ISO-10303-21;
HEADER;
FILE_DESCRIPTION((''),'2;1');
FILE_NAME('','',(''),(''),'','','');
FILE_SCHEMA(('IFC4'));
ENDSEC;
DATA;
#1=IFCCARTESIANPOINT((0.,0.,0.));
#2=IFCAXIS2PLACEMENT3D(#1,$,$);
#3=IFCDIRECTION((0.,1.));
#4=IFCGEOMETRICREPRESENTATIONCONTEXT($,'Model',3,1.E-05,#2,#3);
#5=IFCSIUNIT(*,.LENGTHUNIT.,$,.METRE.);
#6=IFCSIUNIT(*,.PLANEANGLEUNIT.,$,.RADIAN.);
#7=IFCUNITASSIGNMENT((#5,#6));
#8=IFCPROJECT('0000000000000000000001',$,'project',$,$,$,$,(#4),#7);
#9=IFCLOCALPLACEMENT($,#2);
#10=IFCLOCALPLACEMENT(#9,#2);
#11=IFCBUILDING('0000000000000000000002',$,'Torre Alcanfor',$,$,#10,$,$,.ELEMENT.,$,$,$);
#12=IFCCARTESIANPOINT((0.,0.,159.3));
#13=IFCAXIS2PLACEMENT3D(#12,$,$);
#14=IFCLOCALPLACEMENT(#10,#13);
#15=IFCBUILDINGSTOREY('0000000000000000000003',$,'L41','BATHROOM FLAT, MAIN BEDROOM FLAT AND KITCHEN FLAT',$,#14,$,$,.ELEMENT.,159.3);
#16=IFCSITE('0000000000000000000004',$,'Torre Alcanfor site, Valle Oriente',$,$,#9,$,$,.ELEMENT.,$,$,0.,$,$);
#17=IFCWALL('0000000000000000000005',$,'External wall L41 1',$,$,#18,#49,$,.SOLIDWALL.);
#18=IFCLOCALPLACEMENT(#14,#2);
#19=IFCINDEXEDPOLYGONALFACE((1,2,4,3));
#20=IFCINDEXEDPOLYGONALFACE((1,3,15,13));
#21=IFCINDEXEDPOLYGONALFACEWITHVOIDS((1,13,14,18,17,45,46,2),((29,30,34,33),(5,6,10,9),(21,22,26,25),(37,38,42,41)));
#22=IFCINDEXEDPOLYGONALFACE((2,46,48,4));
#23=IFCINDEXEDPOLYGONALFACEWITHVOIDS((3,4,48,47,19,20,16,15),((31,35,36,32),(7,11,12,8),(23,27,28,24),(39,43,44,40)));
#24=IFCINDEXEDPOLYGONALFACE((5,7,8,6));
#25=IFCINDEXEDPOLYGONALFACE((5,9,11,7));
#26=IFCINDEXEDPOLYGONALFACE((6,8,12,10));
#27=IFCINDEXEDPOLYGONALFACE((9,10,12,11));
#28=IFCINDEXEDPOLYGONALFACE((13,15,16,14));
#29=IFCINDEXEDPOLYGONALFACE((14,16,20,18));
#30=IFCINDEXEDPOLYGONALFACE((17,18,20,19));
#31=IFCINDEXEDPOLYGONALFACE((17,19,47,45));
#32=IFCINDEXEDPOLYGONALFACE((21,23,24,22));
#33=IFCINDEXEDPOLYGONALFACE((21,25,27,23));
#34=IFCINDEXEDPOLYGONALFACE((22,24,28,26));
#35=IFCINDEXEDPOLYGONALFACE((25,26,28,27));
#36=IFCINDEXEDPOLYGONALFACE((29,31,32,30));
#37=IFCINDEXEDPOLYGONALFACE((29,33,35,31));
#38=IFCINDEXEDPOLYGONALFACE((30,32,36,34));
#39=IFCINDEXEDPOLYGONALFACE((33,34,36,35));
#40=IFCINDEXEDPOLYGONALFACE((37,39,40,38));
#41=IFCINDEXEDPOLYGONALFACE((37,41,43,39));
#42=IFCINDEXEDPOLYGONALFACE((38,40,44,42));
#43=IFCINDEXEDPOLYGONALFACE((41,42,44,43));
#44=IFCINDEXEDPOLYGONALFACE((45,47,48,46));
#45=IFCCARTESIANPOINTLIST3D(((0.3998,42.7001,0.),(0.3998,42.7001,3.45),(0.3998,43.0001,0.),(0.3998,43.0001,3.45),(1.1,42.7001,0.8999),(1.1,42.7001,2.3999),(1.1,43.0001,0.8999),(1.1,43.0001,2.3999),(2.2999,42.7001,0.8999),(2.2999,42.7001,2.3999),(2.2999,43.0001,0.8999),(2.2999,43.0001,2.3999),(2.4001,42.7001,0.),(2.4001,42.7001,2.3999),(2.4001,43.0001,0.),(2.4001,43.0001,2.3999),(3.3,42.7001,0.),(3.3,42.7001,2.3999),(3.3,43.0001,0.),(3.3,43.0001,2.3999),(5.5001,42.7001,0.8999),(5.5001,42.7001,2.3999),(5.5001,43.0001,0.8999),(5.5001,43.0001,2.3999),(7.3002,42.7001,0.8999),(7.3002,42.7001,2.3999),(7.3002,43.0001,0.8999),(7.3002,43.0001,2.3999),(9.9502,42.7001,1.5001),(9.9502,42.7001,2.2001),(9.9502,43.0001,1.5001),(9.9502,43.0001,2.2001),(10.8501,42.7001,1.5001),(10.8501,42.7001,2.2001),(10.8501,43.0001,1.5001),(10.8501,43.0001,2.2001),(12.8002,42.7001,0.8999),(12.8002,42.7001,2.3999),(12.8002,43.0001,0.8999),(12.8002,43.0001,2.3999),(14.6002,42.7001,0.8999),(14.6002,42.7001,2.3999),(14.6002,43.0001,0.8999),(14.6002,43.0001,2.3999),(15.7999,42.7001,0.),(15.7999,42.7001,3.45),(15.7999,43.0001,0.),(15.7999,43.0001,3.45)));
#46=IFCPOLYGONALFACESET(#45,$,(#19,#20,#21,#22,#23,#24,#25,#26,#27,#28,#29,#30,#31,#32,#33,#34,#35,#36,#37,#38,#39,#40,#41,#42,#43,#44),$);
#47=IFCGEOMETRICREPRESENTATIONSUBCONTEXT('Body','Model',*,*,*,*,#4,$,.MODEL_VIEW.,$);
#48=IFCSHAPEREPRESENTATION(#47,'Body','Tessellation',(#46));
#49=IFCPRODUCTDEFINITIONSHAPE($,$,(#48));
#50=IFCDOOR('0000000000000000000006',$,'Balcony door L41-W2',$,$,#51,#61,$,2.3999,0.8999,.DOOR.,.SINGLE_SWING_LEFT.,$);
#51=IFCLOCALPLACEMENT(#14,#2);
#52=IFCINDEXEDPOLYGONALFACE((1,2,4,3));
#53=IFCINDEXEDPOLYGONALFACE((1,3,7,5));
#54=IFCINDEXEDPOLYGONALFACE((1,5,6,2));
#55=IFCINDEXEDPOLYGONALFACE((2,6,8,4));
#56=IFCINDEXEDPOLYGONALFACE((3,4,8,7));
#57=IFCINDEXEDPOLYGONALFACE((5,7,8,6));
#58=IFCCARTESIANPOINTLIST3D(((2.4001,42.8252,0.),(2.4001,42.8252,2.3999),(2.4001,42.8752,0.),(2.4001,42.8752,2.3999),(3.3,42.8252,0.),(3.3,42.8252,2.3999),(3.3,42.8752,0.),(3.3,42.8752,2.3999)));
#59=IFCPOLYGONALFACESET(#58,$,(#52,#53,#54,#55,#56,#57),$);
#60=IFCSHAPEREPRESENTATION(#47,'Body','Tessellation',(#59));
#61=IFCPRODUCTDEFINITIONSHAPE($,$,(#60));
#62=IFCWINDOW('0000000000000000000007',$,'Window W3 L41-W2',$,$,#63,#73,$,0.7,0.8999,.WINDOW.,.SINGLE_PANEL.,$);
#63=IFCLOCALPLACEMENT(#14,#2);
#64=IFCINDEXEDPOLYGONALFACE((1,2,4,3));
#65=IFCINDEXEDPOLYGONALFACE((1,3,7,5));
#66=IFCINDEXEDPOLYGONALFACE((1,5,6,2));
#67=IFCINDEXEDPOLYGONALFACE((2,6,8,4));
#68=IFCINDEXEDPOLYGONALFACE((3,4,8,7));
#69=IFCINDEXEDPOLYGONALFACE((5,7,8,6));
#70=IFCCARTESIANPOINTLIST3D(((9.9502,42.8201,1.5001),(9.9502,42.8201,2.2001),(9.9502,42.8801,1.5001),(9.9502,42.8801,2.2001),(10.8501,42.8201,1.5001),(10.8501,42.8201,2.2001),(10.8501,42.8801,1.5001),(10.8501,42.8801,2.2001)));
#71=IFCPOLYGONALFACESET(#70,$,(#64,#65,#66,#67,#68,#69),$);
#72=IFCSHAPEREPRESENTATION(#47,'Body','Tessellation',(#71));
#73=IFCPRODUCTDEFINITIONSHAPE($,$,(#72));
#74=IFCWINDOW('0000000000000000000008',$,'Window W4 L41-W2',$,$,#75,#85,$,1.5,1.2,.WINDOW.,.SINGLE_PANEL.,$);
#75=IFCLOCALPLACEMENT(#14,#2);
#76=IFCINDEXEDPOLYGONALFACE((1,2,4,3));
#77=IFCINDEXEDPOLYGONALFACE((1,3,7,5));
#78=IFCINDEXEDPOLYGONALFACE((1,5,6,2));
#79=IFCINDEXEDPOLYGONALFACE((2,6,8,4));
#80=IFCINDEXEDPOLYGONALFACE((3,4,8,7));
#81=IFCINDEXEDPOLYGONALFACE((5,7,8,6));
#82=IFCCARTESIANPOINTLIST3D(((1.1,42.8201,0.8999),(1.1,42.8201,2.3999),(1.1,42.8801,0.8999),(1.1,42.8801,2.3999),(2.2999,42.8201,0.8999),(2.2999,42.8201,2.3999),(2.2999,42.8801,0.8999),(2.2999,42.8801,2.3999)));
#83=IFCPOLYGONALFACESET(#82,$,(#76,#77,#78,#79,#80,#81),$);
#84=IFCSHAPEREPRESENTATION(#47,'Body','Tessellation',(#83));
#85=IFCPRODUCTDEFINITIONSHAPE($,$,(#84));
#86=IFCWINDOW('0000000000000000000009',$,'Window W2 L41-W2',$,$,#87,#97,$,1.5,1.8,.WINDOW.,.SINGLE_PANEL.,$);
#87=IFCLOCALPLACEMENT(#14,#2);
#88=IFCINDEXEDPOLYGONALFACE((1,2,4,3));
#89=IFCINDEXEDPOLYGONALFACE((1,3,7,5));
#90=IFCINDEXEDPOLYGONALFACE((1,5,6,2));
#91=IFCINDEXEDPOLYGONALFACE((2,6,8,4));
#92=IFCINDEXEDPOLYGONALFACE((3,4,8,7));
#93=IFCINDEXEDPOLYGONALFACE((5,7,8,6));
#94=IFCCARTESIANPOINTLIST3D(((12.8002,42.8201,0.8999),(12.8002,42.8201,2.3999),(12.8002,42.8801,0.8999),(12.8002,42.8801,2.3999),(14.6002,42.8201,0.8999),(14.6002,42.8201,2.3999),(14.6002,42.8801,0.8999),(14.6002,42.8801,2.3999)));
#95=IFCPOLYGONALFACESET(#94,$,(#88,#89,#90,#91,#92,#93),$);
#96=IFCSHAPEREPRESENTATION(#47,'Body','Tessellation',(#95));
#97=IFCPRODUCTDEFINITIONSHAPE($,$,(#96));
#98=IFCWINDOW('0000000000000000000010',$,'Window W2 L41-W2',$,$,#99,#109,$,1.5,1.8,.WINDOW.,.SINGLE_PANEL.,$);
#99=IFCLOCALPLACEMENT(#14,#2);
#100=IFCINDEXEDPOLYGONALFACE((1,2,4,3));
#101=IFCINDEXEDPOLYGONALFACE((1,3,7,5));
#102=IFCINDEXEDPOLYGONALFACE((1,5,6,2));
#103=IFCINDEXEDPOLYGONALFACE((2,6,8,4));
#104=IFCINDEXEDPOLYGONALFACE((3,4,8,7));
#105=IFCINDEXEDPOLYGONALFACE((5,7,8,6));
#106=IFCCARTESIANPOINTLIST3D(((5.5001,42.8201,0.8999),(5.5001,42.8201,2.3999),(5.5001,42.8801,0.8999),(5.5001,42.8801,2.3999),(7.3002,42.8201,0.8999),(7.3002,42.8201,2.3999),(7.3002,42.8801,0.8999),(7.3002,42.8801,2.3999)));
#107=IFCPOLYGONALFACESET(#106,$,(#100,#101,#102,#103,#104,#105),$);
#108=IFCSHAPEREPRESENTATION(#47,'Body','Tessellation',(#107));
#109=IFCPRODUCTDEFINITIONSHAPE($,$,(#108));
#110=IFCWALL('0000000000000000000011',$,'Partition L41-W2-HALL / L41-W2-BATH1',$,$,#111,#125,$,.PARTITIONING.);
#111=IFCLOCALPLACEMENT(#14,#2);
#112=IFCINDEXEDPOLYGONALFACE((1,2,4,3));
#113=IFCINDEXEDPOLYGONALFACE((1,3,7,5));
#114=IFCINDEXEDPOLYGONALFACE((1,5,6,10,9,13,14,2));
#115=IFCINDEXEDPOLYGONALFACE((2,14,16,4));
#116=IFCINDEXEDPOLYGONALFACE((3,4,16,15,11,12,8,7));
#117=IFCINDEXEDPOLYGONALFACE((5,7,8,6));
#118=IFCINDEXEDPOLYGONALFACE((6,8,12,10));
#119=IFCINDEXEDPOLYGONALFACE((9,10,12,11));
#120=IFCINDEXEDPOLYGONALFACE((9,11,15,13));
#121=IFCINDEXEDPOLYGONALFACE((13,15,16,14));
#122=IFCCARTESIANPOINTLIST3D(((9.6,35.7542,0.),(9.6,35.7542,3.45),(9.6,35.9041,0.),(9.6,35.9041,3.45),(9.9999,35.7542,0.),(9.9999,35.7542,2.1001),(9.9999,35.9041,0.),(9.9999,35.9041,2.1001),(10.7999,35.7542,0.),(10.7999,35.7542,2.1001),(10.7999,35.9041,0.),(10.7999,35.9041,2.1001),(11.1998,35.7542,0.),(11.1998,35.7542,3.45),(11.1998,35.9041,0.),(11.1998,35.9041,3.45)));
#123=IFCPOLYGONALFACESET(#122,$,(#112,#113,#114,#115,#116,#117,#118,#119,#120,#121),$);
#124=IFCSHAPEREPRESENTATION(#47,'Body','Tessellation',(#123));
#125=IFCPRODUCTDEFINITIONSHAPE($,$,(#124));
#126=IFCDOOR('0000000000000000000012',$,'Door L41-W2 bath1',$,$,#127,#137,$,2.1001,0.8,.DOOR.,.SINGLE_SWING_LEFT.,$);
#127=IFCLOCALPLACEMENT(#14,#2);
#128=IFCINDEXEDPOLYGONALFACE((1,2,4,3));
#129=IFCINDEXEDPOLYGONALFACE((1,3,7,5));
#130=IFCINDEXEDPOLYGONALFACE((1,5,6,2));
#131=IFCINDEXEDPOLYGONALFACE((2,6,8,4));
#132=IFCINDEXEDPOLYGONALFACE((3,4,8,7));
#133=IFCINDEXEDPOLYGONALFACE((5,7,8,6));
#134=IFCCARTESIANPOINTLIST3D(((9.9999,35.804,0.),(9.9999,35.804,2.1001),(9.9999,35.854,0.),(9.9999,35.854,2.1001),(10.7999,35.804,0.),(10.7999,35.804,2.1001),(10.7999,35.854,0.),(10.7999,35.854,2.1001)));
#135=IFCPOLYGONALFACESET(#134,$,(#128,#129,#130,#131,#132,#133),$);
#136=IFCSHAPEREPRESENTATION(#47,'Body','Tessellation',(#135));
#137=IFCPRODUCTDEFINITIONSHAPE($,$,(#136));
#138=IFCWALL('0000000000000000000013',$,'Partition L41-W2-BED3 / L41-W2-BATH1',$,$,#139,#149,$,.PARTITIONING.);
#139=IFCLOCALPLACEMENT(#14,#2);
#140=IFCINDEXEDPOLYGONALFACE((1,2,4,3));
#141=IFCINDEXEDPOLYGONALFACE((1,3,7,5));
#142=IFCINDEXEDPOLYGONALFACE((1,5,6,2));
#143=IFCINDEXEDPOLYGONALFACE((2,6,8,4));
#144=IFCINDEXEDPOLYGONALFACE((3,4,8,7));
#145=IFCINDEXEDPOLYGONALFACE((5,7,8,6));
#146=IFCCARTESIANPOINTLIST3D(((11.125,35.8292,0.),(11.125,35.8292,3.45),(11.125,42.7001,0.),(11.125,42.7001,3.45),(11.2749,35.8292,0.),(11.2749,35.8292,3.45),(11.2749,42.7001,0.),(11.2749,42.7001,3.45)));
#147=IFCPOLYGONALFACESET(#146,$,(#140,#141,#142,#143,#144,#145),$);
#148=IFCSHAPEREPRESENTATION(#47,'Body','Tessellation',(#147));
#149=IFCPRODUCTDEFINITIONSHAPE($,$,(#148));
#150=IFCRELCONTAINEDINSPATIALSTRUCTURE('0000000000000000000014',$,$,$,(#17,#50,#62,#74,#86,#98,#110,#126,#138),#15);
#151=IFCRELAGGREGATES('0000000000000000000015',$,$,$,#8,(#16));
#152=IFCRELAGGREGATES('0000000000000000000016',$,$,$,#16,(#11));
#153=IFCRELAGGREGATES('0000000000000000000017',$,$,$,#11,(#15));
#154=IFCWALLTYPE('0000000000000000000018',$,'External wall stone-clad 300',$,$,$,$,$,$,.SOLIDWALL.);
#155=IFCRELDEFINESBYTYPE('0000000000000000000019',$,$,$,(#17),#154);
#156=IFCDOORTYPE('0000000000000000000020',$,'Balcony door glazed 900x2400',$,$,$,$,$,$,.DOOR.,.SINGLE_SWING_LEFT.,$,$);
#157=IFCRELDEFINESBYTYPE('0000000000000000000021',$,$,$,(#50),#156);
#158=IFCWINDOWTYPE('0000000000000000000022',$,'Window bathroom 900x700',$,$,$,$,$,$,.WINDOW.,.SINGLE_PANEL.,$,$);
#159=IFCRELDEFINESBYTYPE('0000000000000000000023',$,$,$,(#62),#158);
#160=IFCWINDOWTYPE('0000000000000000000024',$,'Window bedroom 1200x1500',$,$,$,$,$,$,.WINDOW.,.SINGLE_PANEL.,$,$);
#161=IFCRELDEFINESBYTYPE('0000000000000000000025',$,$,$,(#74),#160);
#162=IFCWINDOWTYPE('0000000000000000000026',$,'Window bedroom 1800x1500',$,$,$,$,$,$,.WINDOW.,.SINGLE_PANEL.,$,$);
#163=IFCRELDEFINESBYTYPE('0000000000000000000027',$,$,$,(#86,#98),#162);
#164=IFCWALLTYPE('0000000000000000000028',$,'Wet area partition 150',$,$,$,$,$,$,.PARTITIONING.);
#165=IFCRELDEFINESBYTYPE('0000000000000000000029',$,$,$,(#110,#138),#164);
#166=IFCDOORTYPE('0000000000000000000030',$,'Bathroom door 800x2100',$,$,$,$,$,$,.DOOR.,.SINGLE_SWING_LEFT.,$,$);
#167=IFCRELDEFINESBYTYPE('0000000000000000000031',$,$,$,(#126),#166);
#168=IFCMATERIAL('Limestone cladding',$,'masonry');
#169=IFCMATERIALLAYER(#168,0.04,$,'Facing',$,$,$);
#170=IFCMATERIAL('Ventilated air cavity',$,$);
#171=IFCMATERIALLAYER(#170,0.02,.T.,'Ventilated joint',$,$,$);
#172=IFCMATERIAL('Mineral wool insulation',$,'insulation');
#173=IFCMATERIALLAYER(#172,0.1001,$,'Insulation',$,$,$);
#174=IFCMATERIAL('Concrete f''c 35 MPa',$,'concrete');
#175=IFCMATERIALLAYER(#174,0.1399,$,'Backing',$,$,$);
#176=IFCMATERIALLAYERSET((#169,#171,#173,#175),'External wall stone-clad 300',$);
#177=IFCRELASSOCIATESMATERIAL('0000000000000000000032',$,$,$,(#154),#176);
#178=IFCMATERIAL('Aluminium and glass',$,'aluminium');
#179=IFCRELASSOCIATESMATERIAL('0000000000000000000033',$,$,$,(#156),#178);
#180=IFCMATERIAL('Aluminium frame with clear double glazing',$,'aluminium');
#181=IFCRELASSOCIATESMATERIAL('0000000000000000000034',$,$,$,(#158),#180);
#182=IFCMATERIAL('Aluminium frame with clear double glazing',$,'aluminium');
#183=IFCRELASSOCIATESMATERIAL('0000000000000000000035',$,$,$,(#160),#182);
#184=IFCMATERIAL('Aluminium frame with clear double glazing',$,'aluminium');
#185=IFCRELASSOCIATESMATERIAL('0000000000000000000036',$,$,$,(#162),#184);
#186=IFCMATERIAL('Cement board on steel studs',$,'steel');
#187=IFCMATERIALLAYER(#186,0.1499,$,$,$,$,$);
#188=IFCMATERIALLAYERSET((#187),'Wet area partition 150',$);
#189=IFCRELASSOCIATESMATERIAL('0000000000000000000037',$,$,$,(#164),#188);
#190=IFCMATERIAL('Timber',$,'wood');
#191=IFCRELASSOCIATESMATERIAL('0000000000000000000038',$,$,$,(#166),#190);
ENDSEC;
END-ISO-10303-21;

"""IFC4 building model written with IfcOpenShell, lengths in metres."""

from ifc_helpers import new_model, si_unit, direction, frame, frame_2d, origin, place, context, subcontext, project, spatial, rectangle, extrude, material, layer, layer_set, type_object, element, fill, save


model = new_model("IFC4")

# Units and contexts
model_context = context("Model", 3, precision=1e-05, world=origin(), true_north=direction((0.0, 1.0)))
body_context = subcontext(model_context, "Body", "Model", "MODEL_VIEW")
ifc_project = project(units=[si_unit("LENGTHUNIT", "METRE"), si_unit("PLANEANGLEUNIT", "RADIAN")], contexts=[model_context])

# Site, building, storey
site_placement = place(None, origin())
site = spatial("IfcSite", under=ifc_project, at=site_placement, Name="Torre Alcanfor site, Valle Oriente", CompositionType="ELEMENT", RefElevation=0.0)
building_placement = place(site_placement, origin())
building = spatial("IfcBuilding", under=site, at=building_placement, Name="Torre Alcanfor", CompositionType="ELEMENT")
storey_placement = place(building_placement, frame((0.0, 0.0, 159.3)))
storey = spatial("IfcBuildingStorey", under=building, at=storey_placement, Name="L41", Description="BATHROOM FLAT, MAIN BEDROOM FLAT AND KITCHEN FLAT", CompositionType="ELEMENT", Elevation=159.3)

# Wall, openings, door, windows
ifc_material_1 = material(Name="Limestone cladding", Category="masonry")
ifc_layer_1 = layer(ifc_material_1, 0.04, Name="Facing")
ifc_material_2 = material(Name="Ventilated air cavity")
ifc_layer_2 = layer(ifc_material_2, 0.02, ventilated=True, Name="Ventilated joint")
ifc_material_3 = material(Name="Mineral wool insulation", Category="insulation")
ifc_layer_3 = layer(ifc_material_3, 0.1001, Name="Insulation")
ifc_material_4 = material(Name="Concrete f'c 35 MPa", Category="concrete")
ifc_layer_4 = layer(ifc_material_4, 0.1399, Name="Backing")
ifc_layer_set_1 = layer_set([ifc_layer_1, ifc_layer_2, ifc_layer_3, ifc_layer_4], Name="External wall stone-clad 300")
wall_type_1 = type_object("IfcWallType", Name="External wall stone-clad 300", PredefinedType="SOLIDWALL", material=ifc_layer_set_1)
wall_1_placement = place(storey_placement, frame((15.8, 42.8501, 0.0), z_axis=(0.0, 0.0, 1.0), x_axis=(-1.0, 0.0, 0.0)))
wall_1 = element("IfcWall", 1, at=wall_1_placement, inside=storey, type_object=wall_type_1, Name="External wall L41 1", PredefinedType="SOLIDWALL", context=body_context, shape_type="SweptSolid", body=[
    extrude(rectangle(XDim=15.4001, YDim=0.3, at=frame_2d((7.7002, 0.0))), origin(), (0.0, 0.0, 1.0), 3.45),
])
opening_1_placement = place(wall_1_placement, frame((1.2, 0.0, 0.8999)))
opening_1 = element("IfcOpeningElement", 2, at=opening_1_placement, cuts=wall_1, PredefinedType="OPENING", context=body_context, shape_type="SweptSolid", body=[
    extrude(rectangle(XDim=1.8, YDim=1.5, at=frame_2d((0.8999, 0.75))), frame((0.0, 0.1599, 0.0), z_axis=(0.0, -1.0, 0.0), x_axis=(1.0, 0.0, 0.0)), (0.0, 0.0, 1.0), 0.3201),
])
opening_2_placement = place(wall_1_placement, frame((4.95, 0.0, 1.5)))
opening_2 = element("IfcOpeningElement", 3, at=opening_2_placement, cuts=wall_1, PredefinedType="OPENING", context=body_context, shape_type="SweptSolid", body=[
    extrude(rectangle(XDim=0.8999, YDim=0.7, at=frame_2d((0.45, 0.3501))), frame((0.0, 0.1599, 0.0), z_axis=(0.0, -1.0, 0.0), x_axis=(1.0, 0.0, 0.0)), (0.0, 0.0, 1.0), 0.3201),
])
opening_3_placement = place(wall_1_placement, frame((8.5, 0.0, 0.8999)))
opening_3 = element("IfcOpeningElement", 4, at=opening_3_placement, cuts=wall_1, PredefinedType="OPENING", context=body_context, shape_type="SweptSolid", body=[
    extrude(rectangle(XDim=1.8, YDim=1.5, at=frame_2d((0.8999, 0.75))), frame((0.0, 0.1599, 0.0), z_axis=(0.0, -1.0, 0.0), x_axis=(1.0, 0.0, 0.0)), (0.0, 0.0, 1.0), 0.3201),
])
opening_4_placement = place(wall_1_placement, frame((12.5, 0.0, 0.0)))
opening_4 = element("IfcOpeningElement", 5, at=opening_4_placement, cuts=wall_1, PredefinedType="OPENING", context=body_context, shape_type="SweptSolid", body=[
    extrude(rectangle(XDim=0.8999, YDim=2.3999, at=frame_2d((0.45, 1.2))), frame((0.0, 0.1599, 0.0), z_axis=(0.0, -1.0, 0.0), x_axis=(1.0, 0.0, 0.0)), (0.0, 0.0, 1.0), 0.3201),
])
opening_5_placement = place(wall_1_placement, frame((13.5, 0.0, 0.8999)))
opening_5 = element("IfcOpeningElement", 6, at=opening_5_placement, cuts=wall_1, PredefinedType="OPENING", context=body_context, shape_type="SweptSolid", body=[
    extrude(rectangle(XDim=1.2, YDim=1.5, at=frame_2d((0.6001, 0.75))), frame((0.0, 0.1599, 0.0), z_axis=(0.0, -1.0, 0.0), x_axis=(1.0, 0.0, 0.0)), (0.0, 0.0, 1.0), 0.3201),
])
ifc_material_5 = material(Name="Aluminium and glass", Category="aluminium")
door_type_1 = type_object("IfcDoorType", Name="Balcony door glazed 900x2400", OperationType="SINGLE_SWING_LEFT", PredefinedType="DOOR", material=ifc_material_5)
door_1_placement = place(opening_4_placement, origin())
door_1 = element("IfcDoor", 7, at=door_1_placement, inside=storey, type_object=door_type_1, Name="Balcony door L41-W2", OperationType="SINGLE_SWING_LEFT", OverallHeight=2.3999, OverallWidth=0.8999, PredefinedType="DOOR", context=body_context, shape_type="SweptSolid", body=[
    extrude(rectangle(XDim=0.8999, YDim=2.3999, at=frame_2d((0.45, 1.2))), frame((0.0, 0.0249, 0.0), z_axis=(0.0, -1.0, 0.0), x_axis=(1.0, 0.0, 0.0)), (0.0, 0.0, 1.0), 0.05),
])
fill(opening_4, door_1)
ifc_material_6 = material(Name="Aluminium frame with clear double glazing", Category="aluminium")
window_type_1 = type_object("IfcWindowType", Name="Window bathroom 900x700", PartitioningType="SINGLE_PANEL", PredefinedType="WINDOW", material=ifc_material_6)
window_1_placement = place(opening_2_placement, origin())
window_1 = element("IfcWindow", 8, at=window_1_placement, inside=storey, type_object=window_type_1, Name="Window W3 L41-W2", OverallHeight=0.7, OverallWidth=0.8999, PartitioningType="SINGLE_PANEL", PredefinedType="WINDOW", context=body_context, shape_type="SweptSolid", body=[
    extrude(rectangle(XDim=0.8999, YDim=0.7, at=frame_2d((0.45, 0.3501))), frame((0.0, 0.03, 0.0), z_axis=(0.0, -1.0, 0.0), x_axis=(1.0, 0.0, 0.0)), (0.0, 0.0, 1.0), 0.0601),
])
fill(opening_2, window_1)
ifc_material_7 = material(Name="Aluminium frame with clear double glazing", Category="aluminium")
window_type_2 = type_object("IfcWindowType", Name="Window bedroom 1200x1500", PartitioningType="SINGLE_PANEL", PredefinedType="WINDOW", material=ifc_material_7)
window_2_placement = place(opening_5_placement, origin())
window_2 = element("IfcWindow", 9, at=window_2_placement, inside=storey, type_object=window_type_2, Name="Window W4 L41-W2", OverallHeight=1.5, OverallWidth=1.2, PartitioningType="SINGLE_PANEL", PredefinedType="WINDOW", context=body_context, shape_type="SweptSolid", body=[
    extrude(rectangle(XDim=1.2, YDim=1.5, at=frame_2d((0.6001, 0.75))), frame((0.0, 0.03, 0.0), z_axis=(0.0, -1.0, 0.0), x_axis=(1.0, 0.0, 0.0)), (0.0, 0.0, 1.0), 0.0601),
])
fill(opening_5, window_2)
ifc_material_8 = material(Name="Aluminium frame with clear double glazing", Category="aluminium")
window_type_3 = type_object("IfcWindowType", Name="Window bedroom 1800x1500", PartitioningType="SINGLE_PANEL", PredefinedType="WINDOW", material=ifc_material_8)
window_3_placement = place(opening_1_placement, origin())
window_3 = element("IfcWindow", 10, at=window_3_placement, inside=storey, type_object=window_type_3, Name="Window W2 L41-W2", OverallHeight=1.5, OverallWidth=1.8, PartitioningType="SINGLE_PANEL", PredefinedType="WINDOW", context=body_context, shape_type="SweptSolid", body=[
    extrude(rectangle(XDim=1.8, YDim=1.5, at=frame_2d((0.8999, 0.75))), frame((0.0, 0.03, 0.0), z_axis=(0.0, -1.0, 0.0), x_axis=(1.0, 0.0, 0.0)), (0.0, 0.0, 1.0), 0.0601),
])
fill(opening_1, window_3)
window_4_placement = place(opening_3_placement, origin())
window_4 = element("IfcWindow", 11, at=window_4_placement, inside=storey, type_object=window_type_3, Name="Window W2 L41-W2", OverallHeight=1.5, OverallWidth=1.8, PartitioningType="SINGLE_PANEL", PredefinedType="WINDOW", context=body_context, shape_type="SweptSolid", body=[
    extrude(rectangle(XDim=1.8, YDim=1.5, at=frame_2d((0.8999, 0.75))), frame((0.0, 0.03, 0.0), z_axis=(0.0, -1.0, 0.0), x_axis=(1.0, 0.0, 0.0)), (0.0, 0.0, 1.0), 0.0601),
])
fill(opening_3, window_4)

# Wall, opening, door
ifc_material_9 = material(Name="Cement board on steel studs", Category="steel")
ifc_layer_5 = layer(ifc_material_9, 0.1499)
ifc_layer_set_2 = layer_set([ifc_layer_5], Name="Wet area partition 150")
wall_type_2 = type_object("IfcWallType", Name="Wet area partition 150", PredefinedType="PARTITIONING", material=ifc_layer_set_2)
wall_2_placement = place(storey_placement, frame((9.6001, 35.8291, 0.0), z_axis=(0.0, 0.0, 1.0), x_axis=(1.0, 0.0, 0.0)))
wall_2 = element("IfcWall", 12, at=wall_2_placement, inside=storey, type_object=wall_type_2, Name="Partition L41-W2-HALL / L41-W2-BATH1", PredefinedType="PARTITIONING", context=body_context, shape_type="SweptSolid", body=[
    extrude(rectangle(XDim=1.5999, YDim=0.1499, at=frame_2d((0.7998, 0.0))), origin(), (0.0, 0.0, 1.0), 3.45),
])
opening_6_placement = place(wall_2_placement, frame((0.3999, 0.0, 0.0)))
opening_6 = element("IfcOpeningElement", 13, at=opening_6_placement, cuts=wall_2, PredefinedType="OPENING", context=body_context, shape_type="SweptSolid", body=[
    extrude(rectangle(XDim=0.8, YDim=2.1001, at=frame_2d((0.3999, 1.05))), frame((0.0, 0.085, 0.0), z_axis=(0.0, -1.0, 0.0), x_axis=(1.0, 0.0, 0.0)), (0.0, 0.0, 1.0), 0.1699),
])
ifc_material_10 = material(Name="Timber", Category="wood")
door_type_2 = type_object("IfcDoorType", Name="Bathroom door 800x2100", OperationType="SINGLE_SWING_LEFT", PredefinedType="DOOR", material=ifc_material_10)
door_2_placement = place(opening_6_placement, origin())
door_2 = element("IfcDoor", 14, at=door_2_placement, inside=storey, type_object=door_type_2, Name="Door L41-W2 bath1", OperationType="SINGLE_SWING_LEFT", OverallHeight=2.1001, OverallWidth=0.8, PredefinedType="DOOR", context=body_context, shape_type="SweptSolid", body=[
    extrude(rectangle(XDim=0.8, YDim=2.1001, at=frame_2d((0.3999, 1.05))), frame((0.0, 0.0249, 0.0), z_axis=(0.0, -1.0, 0.0), x_axis=(1.0, 0.0, 0.0)), (0.0, 0.0, 1.0), 0.05),
])
fill(opening_6, door_2)

# Wall
for number, where, z_axis, x_axis, name in (
    (15, (11.2, 35.8291, 0.0), (0.0, 0.0, 1.0), (0.0, 1.0, 0.0), "Partition L41-W2-BED3 / L41-W2-BATH1"),
):
    element("IfcWall", number, at=place(storey_placement, frame(where, z_axis=z_axis, x_axis=x_axis)), inside=storey, type_object=wall_type_2, Name=name, PredefinedType="PARTITIONING", context=body_context, shape_type="SweptSolid", body=[
        extrude(rectangle(XDim=6.8708, YDim=0.1499, at=frame_2d((3.4355, 0.0))), origin(), (0.0, 0.0, 1.0), 3.45),
    ])

save(model, "model.ifc")
